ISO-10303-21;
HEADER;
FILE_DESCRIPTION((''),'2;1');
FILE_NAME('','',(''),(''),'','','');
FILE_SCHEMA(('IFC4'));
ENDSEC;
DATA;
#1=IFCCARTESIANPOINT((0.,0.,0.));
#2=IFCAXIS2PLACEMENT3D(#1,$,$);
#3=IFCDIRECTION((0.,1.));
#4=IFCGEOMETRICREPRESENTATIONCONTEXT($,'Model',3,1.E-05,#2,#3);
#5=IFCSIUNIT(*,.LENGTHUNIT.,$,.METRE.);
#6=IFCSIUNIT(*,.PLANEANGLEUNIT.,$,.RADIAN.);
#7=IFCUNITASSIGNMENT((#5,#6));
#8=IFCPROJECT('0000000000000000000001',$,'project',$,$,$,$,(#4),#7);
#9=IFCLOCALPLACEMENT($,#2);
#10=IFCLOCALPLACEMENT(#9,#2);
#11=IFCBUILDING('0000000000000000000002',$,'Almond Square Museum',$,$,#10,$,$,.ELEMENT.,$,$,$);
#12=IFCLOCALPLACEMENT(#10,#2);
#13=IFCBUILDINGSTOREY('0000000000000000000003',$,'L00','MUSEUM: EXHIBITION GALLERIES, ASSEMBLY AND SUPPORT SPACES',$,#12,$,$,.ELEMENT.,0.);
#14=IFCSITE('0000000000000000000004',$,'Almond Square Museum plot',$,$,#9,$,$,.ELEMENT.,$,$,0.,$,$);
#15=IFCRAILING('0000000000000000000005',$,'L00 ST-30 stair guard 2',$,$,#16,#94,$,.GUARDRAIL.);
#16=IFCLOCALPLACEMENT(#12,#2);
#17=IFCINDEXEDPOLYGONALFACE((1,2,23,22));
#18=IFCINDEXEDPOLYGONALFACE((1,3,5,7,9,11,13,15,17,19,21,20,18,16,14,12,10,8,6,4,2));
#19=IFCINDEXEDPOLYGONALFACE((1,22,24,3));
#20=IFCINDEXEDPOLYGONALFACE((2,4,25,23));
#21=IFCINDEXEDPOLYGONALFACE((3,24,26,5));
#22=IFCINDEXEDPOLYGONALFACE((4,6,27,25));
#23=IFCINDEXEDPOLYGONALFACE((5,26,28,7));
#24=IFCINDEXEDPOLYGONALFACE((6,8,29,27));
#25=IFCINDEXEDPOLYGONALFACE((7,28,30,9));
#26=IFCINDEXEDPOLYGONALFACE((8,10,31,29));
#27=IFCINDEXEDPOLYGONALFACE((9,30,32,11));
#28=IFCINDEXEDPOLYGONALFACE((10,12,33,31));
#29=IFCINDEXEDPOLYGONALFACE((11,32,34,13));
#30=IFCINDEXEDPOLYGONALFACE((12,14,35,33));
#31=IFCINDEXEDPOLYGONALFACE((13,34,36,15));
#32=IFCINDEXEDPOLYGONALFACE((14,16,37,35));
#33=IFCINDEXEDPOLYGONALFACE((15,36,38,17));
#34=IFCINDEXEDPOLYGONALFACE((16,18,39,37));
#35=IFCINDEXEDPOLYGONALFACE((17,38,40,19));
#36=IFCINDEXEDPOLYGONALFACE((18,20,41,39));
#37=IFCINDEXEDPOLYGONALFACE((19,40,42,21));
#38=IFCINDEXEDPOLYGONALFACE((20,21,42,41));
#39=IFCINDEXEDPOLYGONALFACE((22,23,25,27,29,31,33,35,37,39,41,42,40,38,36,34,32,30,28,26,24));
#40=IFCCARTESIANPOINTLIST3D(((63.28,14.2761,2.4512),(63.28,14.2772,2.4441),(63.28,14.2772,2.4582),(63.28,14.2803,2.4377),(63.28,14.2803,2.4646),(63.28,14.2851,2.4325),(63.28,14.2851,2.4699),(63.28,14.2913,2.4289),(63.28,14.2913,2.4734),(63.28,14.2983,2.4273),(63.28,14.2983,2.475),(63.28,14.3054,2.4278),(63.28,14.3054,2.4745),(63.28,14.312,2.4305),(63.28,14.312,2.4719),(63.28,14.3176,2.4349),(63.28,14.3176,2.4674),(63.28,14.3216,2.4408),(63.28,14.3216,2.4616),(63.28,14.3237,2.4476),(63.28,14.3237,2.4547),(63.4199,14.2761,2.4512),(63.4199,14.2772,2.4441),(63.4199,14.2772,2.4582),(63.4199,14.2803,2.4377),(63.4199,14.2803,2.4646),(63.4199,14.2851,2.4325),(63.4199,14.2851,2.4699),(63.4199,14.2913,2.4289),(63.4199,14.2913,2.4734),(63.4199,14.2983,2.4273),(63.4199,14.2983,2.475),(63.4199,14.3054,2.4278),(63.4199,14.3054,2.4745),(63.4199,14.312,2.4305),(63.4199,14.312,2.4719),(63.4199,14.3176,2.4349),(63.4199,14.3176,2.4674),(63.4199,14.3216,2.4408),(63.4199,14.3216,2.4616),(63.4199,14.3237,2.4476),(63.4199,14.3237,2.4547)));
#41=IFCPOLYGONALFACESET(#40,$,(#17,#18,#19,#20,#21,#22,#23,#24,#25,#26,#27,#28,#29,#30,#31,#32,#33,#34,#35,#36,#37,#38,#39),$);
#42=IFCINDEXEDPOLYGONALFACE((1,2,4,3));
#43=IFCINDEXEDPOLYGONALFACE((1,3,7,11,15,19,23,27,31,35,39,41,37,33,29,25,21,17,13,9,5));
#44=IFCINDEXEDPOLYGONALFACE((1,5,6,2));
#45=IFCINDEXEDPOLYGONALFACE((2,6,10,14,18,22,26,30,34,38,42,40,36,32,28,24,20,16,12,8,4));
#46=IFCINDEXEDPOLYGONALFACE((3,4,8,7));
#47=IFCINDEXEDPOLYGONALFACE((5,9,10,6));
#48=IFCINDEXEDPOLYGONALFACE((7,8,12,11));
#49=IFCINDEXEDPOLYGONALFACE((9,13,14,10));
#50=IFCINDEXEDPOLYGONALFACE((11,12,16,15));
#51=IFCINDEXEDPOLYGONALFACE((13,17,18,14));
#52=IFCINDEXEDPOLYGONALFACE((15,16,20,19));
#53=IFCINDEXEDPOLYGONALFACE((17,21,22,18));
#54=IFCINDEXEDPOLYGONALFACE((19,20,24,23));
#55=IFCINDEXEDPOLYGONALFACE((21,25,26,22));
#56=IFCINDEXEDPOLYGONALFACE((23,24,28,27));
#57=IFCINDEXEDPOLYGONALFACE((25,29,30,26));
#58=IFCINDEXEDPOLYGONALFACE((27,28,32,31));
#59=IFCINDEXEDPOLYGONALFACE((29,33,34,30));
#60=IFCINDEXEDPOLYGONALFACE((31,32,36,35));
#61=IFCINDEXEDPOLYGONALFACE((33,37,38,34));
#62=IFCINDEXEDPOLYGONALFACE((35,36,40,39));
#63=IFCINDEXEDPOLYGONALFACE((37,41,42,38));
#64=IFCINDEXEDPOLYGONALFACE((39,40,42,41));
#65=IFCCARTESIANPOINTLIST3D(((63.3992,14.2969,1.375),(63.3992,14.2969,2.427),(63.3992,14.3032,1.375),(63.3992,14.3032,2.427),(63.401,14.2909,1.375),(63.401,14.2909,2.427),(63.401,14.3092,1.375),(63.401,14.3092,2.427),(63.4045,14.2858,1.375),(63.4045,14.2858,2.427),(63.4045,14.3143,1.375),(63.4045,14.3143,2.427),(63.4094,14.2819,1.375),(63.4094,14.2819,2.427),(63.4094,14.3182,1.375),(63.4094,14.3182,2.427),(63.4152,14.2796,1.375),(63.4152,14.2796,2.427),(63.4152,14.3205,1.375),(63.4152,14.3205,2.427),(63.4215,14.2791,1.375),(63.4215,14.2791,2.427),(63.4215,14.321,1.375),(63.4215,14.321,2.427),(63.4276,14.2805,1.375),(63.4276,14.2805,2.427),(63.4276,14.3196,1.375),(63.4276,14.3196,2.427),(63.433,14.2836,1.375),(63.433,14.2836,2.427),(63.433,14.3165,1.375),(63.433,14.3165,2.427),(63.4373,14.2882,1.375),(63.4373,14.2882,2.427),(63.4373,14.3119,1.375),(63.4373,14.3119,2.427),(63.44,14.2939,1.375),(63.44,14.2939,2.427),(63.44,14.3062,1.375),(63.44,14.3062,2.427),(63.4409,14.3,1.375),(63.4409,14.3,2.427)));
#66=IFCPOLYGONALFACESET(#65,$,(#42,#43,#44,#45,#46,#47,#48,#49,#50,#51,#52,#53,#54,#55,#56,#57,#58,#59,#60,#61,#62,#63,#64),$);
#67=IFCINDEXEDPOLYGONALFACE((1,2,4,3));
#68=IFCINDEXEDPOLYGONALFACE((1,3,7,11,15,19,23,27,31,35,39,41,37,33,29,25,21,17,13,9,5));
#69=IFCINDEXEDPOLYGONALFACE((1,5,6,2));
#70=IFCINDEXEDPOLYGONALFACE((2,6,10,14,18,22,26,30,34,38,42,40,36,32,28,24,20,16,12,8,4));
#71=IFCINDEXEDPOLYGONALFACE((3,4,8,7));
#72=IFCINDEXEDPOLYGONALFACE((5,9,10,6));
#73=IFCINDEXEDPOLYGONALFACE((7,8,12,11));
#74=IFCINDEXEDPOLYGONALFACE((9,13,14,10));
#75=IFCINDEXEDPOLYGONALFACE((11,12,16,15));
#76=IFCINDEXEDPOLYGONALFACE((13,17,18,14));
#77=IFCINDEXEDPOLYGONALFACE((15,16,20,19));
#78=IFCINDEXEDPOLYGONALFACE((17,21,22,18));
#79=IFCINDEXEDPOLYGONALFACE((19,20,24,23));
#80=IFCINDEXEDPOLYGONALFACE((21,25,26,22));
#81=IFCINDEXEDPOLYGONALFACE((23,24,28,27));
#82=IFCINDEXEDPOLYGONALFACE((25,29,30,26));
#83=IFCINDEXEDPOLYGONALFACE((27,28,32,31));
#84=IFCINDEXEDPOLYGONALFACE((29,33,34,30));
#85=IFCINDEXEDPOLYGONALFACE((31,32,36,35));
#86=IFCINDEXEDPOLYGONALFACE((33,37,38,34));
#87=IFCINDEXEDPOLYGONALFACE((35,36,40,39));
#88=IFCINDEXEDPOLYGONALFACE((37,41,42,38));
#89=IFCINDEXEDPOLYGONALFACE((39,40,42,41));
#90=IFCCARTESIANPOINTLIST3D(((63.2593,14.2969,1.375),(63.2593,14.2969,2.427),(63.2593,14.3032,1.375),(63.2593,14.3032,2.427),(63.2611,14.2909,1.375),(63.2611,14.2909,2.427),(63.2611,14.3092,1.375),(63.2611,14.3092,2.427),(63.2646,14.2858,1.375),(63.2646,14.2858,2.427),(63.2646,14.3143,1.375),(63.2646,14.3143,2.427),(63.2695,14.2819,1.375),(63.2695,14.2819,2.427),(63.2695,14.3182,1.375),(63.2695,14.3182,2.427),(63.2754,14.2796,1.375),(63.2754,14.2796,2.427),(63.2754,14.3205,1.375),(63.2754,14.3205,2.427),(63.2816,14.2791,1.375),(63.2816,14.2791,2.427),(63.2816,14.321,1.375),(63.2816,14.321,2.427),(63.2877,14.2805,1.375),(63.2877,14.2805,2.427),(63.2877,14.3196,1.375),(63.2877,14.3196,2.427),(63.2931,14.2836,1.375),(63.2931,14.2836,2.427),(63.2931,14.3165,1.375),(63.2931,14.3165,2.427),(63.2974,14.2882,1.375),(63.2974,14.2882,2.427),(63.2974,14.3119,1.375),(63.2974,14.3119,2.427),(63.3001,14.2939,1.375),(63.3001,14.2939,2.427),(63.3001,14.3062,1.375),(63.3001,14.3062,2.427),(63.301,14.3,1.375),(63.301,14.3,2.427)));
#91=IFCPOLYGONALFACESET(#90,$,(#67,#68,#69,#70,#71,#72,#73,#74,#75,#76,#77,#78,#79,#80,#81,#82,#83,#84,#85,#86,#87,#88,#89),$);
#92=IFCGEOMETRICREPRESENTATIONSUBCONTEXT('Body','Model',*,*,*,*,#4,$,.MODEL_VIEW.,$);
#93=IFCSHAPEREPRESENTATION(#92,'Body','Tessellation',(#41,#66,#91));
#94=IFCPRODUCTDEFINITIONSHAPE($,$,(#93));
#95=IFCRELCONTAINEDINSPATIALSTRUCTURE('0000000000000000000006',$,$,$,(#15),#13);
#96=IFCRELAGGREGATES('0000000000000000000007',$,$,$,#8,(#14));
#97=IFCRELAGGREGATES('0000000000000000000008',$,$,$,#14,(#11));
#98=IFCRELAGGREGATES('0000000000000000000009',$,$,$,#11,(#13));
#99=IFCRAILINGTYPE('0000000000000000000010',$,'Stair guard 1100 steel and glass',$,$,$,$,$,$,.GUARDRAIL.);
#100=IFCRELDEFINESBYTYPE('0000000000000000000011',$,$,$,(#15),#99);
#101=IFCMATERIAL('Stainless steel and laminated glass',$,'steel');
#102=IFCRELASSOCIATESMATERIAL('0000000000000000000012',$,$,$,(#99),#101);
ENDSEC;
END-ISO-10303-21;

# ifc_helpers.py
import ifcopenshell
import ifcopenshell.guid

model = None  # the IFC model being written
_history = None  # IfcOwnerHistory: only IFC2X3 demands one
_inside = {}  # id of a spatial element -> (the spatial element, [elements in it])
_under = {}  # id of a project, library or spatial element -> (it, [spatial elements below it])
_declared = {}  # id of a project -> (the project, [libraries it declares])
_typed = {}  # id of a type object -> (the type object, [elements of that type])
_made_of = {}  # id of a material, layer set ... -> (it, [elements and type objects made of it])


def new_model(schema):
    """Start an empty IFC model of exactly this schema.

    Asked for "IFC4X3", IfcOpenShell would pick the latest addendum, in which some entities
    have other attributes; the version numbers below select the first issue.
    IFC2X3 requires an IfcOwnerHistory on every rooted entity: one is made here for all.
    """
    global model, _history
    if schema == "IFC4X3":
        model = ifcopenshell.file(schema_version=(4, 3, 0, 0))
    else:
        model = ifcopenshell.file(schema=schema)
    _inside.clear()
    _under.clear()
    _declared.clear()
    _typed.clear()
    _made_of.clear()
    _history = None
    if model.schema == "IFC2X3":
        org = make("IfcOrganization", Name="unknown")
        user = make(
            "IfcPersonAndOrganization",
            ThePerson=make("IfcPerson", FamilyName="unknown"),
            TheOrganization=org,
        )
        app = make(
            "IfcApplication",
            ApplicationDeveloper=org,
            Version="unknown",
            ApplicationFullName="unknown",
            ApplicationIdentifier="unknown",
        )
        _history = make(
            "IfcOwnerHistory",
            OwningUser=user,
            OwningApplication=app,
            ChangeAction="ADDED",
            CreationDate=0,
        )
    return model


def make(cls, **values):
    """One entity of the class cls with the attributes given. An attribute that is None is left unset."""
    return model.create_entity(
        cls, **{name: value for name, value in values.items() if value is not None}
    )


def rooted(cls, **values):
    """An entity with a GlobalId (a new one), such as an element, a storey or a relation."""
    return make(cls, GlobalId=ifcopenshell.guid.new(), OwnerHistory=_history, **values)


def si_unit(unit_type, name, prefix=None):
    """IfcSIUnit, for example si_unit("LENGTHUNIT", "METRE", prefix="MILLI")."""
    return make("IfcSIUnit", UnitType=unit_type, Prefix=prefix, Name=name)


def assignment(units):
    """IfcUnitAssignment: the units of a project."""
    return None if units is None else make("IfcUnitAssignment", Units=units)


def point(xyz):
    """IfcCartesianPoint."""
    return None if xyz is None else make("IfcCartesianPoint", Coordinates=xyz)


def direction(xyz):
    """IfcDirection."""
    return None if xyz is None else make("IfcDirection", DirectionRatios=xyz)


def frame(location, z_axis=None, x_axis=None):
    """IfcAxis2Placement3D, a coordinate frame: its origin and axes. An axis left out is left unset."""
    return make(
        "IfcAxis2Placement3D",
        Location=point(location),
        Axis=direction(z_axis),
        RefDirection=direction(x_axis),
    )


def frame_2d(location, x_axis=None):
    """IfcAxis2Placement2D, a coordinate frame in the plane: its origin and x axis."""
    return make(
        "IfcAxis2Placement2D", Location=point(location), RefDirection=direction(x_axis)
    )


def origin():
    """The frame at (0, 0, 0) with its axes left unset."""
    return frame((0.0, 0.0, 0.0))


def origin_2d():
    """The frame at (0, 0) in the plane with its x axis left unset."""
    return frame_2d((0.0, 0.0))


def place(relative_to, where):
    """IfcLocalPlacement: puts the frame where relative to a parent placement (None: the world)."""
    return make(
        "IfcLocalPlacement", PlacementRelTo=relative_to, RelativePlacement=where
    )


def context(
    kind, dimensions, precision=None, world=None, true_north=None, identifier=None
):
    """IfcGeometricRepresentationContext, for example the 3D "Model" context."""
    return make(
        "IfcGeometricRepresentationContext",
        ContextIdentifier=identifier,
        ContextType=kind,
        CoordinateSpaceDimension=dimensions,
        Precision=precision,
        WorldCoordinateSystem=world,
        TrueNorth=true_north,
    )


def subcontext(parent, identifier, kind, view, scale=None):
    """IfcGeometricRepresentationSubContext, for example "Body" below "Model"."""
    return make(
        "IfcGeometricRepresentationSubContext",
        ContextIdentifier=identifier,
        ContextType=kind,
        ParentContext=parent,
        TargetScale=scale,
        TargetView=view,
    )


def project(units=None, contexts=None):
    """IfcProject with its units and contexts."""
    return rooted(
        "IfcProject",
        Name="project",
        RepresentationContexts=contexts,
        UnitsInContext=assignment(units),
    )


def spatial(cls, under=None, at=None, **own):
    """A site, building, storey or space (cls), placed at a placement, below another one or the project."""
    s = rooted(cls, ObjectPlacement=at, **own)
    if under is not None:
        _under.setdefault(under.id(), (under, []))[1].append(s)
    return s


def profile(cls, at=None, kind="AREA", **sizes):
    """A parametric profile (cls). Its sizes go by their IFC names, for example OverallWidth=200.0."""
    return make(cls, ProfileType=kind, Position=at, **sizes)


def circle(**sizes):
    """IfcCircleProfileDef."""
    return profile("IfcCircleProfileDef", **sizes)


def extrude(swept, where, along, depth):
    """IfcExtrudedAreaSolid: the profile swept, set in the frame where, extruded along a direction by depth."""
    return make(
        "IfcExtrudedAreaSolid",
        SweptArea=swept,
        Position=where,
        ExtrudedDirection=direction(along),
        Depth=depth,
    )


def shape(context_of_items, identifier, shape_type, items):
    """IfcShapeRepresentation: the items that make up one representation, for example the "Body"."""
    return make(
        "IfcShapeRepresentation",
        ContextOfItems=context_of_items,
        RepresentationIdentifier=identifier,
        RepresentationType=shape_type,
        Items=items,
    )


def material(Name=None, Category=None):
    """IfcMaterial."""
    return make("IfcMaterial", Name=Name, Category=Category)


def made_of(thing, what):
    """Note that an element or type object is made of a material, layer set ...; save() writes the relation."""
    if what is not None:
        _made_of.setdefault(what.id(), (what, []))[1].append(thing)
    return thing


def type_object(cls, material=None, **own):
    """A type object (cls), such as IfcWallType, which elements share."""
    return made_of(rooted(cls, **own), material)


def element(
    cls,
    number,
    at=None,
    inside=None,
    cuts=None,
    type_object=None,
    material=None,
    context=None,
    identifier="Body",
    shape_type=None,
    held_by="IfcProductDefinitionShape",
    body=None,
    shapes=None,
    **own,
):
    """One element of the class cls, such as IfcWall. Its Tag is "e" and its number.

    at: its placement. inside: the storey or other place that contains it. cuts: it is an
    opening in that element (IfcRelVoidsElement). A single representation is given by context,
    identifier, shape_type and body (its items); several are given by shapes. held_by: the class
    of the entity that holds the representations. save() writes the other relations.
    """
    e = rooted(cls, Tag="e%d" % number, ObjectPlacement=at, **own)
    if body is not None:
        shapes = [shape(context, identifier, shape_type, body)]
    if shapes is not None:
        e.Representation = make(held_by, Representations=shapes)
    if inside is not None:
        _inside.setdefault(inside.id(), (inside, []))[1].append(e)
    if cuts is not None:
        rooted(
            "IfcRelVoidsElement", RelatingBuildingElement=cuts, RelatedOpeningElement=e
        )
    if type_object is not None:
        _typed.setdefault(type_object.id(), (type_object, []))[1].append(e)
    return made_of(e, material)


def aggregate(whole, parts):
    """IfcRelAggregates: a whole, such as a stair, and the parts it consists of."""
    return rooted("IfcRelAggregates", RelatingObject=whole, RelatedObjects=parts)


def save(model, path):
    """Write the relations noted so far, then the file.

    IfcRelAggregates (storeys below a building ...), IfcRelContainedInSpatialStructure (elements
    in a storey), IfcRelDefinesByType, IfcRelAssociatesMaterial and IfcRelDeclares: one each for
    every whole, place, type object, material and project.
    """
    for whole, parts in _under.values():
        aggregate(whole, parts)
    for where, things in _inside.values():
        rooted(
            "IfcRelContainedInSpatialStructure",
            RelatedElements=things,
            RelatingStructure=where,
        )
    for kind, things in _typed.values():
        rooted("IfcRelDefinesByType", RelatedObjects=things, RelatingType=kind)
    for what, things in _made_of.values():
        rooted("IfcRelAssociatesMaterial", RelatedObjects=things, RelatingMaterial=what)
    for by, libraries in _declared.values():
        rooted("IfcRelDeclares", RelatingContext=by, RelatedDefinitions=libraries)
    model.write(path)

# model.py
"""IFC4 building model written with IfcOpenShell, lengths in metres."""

from ifc_helpers import new_model, si_unit, direction, frame, origin, origin_2d, place, context, subcontext, project, spatial, circle, extrude, material, type_object, element, save


model = new_model("IFC4")

# Units and contexts
model_context = context("Model", 3, precision=1e-05, world=origin(), true_north=direction((0.0, 1.0)))
body_context = subcontext(model_context, "Body", "Model", "MODEL_VIEW")
ifc_project = project(units=[si_unit("LENGTHUNIT", "METRE"), si_unit("PLANEANGLEUNIT", "RADIAN")], contexts=[model_context])

# Site, building, storey
site_placement = place(None, origin())
site = spatial("IfcSite", under=ifc_project, at=site_placement, Name="Almond Square Museum plot", CompositionType="ELEMENT", RefElevation=0.0)
building_placement = place(site_placement, origin())
building = spatial("IfcBuilding", under=site, at=building_placement, Name="Almond Square Museum", CompositionType="ELEMENT")
storey_placement = place(building_placement, origin())
storey = spatial("IfcBuildingStorey", under=building, at=storey_placement, Name="L00", Description="MUSEUM: EXHIBITION GALLERIES, ASSEMBLY AND SUPPORT SPACES", CompositionType="ELEMENT", Elevation=0.0)

# Railing
ifc_material_1 = material(Name="Stainless steel and laminated glass", Category="steel")
railing_type_1 = type_object("IfcRailingType", Name="Stair guard 1100 steel and glass", PredefinedType="GUARDRAIL", material=ifc_material_1)
railing_1_placement = place(storey_placement, frame((63.4199, 14.3, 1.375)))
element("IfcRailing", 1, at=railing_1_placement, inside=storey, type_object=railing_type_1, Name="L00 ST-30 stair guard 2", PredefinedType="GUARDRAIL", context=body_context, shape_type="SweptSolid", body=[
    extrude(circle(Radius=0.0239, at=origin_2d()), frame((0.0, 0.0, 1.0762), z_axis=(-1.0, 0.0, 0.0), x_axis=(0.0, -1.0, 0.0)), (0.0, 0.0, 1.0), 0.1399),
    extrude(circle(Radius=0.021, at=origin_2d()), origin(), (0.0, 0.0, 1.0), 1.052),
    extrude(circle(Radius=0.021, at=origin_2d()), frame((-0.1399, 0.0, 0.0)), (0.0, 0.0, 1.0), 1.052),
])

save(model, "model.ifc")
